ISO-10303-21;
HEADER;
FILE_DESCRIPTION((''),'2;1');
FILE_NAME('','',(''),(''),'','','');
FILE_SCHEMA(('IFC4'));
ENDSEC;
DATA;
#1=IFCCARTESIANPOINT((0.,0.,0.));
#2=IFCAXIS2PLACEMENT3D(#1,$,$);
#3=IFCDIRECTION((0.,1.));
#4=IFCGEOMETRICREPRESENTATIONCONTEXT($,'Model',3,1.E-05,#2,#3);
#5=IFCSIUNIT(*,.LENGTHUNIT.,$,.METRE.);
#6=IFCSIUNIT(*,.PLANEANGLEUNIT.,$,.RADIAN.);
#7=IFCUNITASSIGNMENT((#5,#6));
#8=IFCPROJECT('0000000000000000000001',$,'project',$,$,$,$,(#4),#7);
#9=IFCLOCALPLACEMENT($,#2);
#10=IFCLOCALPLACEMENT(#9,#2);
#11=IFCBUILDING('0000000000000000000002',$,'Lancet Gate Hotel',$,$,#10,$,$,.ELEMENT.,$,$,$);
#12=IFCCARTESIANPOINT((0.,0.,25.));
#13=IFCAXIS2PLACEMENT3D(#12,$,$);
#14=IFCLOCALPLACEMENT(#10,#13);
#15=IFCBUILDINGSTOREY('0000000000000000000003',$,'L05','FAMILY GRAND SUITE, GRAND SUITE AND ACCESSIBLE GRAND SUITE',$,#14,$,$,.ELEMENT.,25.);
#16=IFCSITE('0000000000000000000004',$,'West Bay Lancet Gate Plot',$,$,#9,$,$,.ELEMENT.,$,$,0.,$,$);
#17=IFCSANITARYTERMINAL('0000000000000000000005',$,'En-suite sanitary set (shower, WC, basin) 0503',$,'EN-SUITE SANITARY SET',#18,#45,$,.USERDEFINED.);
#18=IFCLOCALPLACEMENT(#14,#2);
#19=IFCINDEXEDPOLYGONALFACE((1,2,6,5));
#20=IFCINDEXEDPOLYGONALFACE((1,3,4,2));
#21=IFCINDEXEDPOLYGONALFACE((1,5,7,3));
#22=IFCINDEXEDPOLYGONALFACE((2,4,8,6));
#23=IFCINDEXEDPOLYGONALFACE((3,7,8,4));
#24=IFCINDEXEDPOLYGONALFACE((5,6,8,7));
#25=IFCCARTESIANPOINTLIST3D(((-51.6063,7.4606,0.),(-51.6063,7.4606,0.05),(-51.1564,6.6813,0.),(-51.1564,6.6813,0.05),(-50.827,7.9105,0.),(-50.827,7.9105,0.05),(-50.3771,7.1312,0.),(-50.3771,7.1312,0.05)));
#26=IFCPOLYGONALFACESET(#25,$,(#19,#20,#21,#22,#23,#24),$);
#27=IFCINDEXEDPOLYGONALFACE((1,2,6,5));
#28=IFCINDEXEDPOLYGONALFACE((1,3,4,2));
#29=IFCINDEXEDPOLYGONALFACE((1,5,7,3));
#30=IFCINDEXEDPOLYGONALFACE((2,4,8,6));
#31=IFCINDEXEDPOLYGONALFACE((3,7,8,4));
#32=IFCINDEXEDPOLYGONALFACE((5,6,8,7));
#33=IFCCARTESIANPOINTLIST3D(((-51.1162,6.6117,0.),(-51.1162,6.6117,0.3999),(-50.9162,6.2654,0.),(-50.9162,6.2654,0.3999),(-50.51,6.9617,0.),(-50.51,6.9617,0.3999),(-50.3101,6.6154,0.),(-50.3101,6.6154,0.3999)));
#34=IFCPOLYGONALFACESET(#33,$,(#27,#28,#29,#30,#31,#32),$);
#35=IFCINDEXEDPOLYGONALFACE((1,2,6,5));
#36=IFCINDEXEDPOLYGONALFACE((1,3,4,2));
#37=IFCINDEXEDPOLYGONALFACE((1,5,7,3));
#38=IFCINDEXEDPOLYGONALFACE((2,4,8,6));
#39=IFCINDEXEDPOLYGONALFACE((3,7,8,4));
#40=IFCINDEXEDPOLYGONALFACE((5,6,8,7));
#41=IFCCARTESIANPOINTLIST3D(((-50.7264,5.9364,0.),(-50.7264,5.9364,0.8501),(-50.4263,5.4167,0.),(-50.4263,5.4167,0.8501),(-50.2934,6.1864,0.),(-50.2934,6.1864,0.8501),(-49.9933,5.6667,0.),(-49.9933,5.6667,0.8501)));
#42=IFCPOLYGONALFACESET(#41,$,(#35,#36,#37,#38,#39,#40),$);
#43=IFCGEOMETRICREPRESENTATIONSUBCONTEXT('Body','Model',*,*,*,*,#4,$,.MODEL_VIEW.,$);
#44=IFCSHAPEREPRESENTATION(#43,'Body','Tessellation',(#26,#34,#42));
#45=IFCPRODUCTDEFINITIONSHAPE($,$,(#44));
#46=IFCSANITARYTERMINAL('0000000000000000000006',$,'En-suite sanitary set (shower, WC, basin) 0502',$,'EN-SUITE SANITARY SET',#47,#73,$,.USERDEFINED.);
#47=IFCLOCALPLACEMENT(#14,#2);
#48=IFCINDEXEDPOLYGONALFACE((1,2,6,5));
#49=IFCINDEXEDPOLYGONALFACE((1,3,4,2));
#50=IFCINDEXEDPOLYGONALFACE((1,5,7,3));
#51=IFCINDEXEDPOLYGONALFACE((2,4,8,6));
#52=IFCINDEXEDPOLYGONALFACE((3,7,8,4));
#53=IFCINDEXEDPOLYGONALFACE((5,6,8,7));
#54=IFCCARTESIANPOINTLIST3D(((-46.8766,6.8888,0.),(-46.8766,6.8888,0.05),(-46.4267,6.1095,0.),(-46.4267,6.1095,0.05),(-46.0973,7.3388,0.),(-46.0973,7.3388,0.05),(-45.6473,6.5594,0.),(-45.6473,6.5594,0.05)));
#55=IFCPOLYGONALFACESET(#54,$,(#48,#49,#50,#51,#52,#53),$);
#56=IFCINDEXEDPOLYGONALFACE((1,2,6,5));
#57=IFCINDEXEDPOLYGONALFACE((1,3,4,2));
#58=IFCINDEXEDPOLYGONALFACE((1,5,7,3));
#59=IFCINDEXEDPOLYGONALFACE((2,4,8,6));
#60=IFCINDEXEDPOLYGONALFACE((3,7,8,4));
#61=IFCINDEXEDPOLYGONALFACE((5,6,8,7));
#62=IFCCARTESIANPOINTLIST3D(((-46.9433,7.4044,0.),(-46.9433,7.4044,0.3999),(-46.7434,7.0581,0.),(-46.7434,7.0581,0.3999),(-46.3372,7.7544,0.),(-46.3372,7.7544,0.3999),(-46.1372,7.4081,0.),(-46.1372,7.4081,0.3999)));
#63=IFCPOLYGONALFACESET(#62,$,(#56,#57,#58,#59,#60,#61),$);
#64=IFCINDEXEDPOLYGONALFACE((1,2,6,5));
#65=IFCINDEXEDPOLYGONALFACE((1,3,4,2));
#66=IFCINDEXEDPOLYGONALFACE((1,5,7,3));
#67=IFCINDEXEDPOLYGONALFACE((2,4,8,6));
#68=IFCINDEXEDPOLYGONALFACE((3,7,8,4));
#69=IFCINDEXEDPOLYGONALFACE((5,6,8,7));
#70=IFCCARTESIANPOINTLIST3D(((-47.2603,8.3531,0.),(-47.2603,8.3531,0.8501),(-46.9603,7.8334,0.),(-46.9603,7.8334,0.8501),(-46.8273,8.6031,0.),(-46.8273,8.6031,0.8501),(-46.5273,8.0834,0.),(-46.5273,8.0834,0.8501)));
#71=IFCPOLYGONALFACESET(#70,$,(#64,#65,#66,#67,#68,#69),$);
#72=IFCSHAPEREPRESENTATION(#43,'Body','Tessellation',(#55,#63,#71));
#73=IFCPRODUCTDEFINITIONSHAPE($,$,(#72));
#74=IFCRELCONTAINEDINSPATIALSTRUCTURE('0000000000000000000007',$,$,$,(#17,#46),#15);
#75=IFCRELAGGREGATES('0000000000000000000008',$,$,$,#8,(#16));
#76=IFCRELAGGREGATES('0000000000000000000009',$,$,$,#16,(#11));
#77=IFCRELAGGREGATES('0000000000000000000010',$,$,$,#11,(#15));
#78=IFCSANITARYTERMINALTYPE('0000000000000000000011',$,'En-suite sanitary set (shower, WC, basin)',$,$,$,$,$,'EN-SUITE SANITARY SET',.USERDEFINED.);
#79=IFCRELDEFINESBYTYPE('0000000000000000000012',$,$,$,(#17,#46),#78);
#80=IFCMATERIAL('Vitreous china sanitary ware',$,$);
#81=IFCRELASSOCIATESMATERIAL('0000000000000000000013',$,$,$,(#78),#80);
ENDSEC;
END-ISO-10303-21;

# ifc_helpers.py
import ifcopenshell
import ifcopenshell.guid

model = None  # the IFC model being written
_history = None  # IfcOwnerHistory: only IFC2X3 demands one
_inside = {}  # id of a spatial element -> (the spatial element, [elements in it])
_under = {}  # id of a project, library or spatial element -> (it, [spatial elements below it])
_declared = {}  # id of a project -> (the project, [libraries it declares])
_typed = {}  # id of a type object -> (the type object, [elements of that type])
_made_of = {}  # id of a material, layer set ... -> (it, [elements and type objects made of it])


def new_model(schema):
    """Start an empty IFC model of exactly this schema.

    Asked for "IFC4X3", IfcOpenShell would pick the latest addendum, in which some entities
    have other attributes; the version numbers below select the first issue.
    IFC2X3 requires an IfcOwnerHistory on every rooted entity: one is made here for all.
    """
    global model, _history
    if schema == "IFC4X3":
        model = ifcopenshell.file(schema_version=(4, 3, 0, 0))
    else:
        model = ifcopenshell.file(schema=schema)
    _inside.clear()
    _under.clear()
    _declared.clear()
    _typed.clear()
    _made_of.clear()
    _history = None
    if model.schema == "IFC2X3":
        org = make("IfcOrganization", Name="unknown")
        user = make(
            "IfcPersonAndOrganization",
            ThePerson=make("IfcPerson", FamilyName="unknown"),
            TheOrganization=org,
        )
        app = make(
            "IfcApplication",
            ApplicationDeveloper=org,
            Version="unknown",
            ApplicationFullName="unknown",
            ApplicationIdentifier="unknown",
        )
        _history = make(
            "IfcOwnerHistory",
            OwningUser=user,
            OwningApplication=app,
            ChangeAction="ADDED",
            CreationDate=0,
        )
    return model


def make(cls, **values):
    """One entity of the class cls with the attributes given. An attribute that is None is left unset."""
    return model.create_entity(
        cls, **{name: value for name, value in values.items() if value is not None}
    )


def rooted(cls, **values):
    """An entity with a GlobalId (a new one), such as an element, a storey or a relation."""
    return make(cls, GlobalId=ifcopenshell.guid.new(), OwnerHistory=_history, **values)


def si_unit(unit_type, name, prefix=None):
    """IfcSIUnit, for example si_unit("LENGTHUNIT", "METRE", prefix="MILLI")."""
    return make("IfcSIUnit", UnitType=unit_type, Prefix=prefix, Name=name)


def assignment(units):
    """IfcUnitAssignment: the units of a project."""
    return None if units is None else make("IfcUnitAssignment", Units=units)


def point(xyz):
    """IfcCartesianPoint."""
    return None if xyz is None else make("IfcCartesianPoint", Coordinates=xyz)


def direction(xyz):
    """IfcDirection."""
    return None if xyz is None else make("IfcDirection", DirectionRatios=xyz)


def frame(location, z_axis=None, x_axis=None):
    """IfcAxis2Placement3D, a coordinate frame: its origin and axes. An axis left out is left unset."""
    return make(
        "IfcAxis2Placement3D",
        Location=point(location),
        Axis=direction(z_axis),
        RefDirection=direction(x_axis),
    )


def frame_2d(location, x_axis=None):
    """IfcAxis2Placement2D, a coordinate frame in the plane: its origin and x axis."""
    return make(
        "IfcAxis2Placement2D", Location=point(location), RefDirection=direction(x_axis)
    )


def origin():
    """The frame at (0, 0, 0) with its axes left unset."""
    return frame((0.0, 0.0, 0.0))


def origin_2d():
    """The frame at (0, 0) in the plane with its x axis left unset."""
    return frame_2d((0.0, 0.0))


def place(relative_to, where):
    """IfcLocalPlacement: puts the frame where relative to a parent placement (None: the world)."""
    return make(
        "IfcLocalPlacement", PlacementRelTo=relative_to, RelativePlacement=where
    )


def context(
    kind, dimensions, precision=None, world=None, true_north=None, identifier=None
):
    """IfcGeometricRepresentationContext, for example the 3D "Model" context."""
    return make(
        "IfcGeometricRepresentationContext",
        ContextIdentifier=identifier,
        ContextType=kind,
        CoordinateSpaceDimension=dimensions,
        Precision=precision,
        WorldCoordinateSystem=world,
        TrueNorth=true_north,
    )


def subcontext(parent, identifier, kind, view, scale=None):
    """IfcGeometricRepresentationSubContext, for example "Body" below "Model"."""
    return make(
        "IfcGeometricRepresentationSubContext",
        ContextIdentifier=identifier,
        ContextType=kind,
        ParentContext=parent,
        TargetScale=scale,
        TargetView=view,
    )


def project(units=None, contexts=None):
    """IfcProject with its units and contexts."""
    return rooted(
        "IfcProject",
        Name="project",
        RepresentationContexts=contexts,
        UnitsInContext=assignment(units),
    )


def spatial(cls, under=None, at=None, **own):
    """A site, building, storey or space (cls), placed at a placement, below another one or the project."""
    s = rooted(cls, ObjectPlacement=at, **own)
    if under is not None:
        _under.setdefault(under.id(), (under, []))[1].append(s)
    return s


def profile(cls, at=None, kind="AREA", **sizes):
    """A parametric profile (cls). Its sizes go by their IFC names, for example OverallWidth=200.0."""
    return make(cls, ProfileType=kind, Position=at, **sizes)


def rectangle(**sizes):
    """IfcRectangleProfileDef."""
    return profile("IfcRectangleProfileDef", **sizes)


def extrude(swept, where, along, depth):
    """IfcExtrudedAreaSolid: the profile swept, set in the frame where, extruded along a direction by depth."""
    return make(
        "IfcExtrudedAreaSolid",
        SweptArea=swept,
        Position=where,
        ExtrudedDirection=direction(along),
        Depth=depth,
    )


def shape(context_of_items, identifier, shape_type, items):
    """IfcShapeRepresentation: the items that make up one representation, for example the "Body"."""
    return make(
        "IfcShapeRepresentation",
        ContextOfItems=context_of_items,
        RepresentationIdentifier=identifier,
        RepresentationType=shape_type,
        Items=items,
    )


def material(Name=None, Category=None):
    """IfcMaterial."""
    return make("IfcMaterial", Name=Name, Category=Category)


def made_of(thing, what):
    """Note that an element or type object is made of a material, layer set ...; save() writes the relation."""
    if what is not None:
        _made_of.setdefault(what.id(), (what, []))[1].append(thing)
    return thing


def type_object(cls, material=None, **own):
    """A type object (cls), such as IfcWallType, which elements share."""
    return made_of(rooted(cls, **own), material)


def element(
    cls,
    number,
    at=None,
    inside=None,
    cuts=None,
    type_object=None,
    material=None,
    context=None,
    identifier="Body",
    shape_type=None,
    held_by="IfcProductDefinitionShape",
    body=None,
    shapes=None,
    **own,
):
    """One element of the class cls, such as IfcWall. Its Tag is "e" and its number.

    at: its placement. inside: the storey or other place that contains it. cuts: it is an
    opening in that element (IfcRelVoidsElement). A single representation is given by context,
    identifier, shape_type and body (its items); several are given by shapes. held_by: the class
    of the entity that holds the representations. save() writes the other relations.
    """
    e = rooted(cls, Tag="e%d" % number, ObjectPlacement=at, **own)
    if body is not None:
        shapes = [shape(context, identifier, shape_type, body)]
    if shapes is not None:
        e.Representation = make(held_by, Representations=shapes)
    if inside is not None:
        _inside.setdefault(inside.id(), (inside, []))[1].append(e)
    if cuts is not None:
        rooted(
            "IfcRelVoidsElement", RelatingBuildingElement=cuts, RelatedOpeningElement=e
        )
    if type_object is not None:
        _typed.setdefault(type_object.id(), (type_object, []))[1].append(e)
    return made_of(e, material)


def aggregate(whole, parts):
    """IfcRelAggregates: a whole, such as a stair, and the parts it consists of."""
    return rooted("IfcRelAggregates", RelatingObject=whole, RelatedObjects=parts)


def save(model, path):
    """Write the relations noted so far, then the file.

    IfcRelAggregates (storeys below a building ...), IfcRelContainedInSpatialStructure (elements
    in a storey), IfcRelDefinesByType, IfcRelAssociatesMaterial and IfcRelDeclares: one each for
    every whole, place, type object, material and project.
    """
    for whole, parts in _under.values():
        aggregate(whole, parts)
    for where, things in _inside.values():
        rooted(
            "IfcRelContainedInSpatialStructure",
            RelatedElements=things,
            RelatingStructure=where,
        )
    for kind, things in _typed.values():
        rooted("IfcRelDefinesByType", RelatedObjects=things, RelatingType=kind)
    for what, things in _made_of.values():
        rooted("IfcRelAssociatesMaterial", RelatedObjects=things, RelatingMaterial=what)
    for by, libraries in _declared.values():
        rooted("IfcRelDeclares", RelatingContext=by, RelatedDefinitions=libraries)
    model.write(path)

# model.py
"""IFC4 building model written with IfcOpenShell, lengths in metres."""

from ifc_helpers import new_model, si_unit, direction, frame, origin, origin_2d, place, context, subcontext, project, spatial, rectangle, extrude, material, type_object, element, save


model = new_model("IFC4")

# Units and contexts
model_context = context("Model", 3, precision=1e-05, world=origin(), true_north=direction((0.0, 1.0)))
body_context = subcontext(model_context, "Body", "Model", "MODEL_VIEW")
ifc_project = project(units=[si_unit("LENGTHUNIT", "METRE"), si_unit("PLANEANGLEUNIT", "RADIAN")], contexts=[model_context])

# Site, building, storey
site_placement = place(None, origin())
site = spatial("IfcSite", under=ifc_project, at=site_placement, Name="West Bay Lancet Gate Plot", CompositionType="ELEMENT", RefElevation=0.0)
building_placement = place(site_placement, origin())
building = spatial("IfcBuilding", under=site, at=building_placement, Name="Lancet Gate Hotel", CompositionType="ELEMENT")
storey_placement = place(building_placement, frame((0.0, 0.0, 25.0)))
storey = spatial("IfcBuildingStorey", under=building, at=storey_placement, Name="L05", Description="FAMILY GRAND SUITE, GRAND SUITE AND ACCESSIBLE GRAND SUITE", CompositionType="ELEMENT", Elevation=25.0)

# Sanitary terminals
ifc_material_1 = material(Name="Vitreous china sanitary ware")
sanitary_terminal_type = type_object("IfcSanitaryTerminalType", Name="En-suite sanitary set (shower, WC, basin)", ElementType="EN-SUITE SANITARY SET", PredefinedType="USERDEFINED", material=ifc_material_1)
sanitary_terminal_1_placement = place(storey_placement, frame((-50.9917, 7.2959, 0.0), z_axis=(0.0, 0.0, 1.0), x_axis=(1.0, 0.0, 0.0)))
element("IfcSanitaryTerminal", 1, at=sanitary_terminal_1_placement, inside=storey, type_object=sanitary_terminal_type, Name="En-suite sanitary set (shower, WC, basin) 0503", ObjectType="EN-SUITE SANITARY SET", PredefinedType="USERDEFINED", context=body_context, shape_type="SweptSolid", body=[
    extrude(rectangle(XDim=0.8999, YDim=0.8999, at=origin_2d()), frame((0.0, 0.0, 0.0), z_axis=(0.0, 0.0, 1.0), x_axis=(-0.5, 0.866025, 0.0)), (0.0, 0.0, 1.0), 0.05),
    extrude(rectangle(XDim=0.3999, YDim=0.7, at=origin_2d()), frame((0.2786, -0.6824, 0.0), z_axis=(0.0, 0.0, 1.0), x_axis=(-0.5, 0.866025, 0.0)), (0.0, 0.0, 1.0), 0.3999),
    extrude(rectangle(XDim=0.6001, YDim=0.5, at=origin_2d()), frame((0.6318, -1.4944, 0.0), z_axis=(0.0, 0.0, 1.0), x_axis=(-0.5, 0.866025, 0.0)), (0.0, 0.0, 1.0), 0.8501),
])
sanitary_terminal_2_placement = place(storey_placement, frame((-46.262, 6.7241, 0.0), z_axis=(0.0, 0.0, 1.0), x_axis=(1.0, 0.0, 0.0)))
element("IfcSanitaryTerminal", 2, at=sanitary_terminal_2_placement, inside=storey, type_object=sanitary_terminal_type, Name="En-suite sanitary set (shower, WC, basin) 0502", ObjectType="EN-SUITE SANITARY SET", PredefinedType="USERDEFINED", context=body_context, shape_type="SweptSolid", body=[
    extrude(rectangle(XDim=0.8999, YDim=0.8999, at=origin_2d()), frame((0.0, 0.0, 0.0), z_axis=(0.0, 0.0, 1.0), x_axis=(0.5, -0.866025, 0.0)), (0.0, 0.0, 1.0), 0.05),
    extrude(rectangle(XDim=0.3999, YDim=0.7, at=origin_2d()), frame((-0.2783, 0.6821, 0.0), z_axis=(0.0, 0.0, 1.0), x_axis=(0.5, -0.866025, 0.0)), (0.0, 0.0, 1.0), 0.3999),
    extrude(rectangle(XDim=0.6001, YDim=0.5, at=origin_2d()), frame((-0.6318, 1.4941, 0.0), z_axis=(0.0, 0.0, 1.0), x_axis=(0.5, -0.866025, 0.0)), (0.0, 0.0, 1.0), 0.8501),
])

save(model, "model.ifc")
